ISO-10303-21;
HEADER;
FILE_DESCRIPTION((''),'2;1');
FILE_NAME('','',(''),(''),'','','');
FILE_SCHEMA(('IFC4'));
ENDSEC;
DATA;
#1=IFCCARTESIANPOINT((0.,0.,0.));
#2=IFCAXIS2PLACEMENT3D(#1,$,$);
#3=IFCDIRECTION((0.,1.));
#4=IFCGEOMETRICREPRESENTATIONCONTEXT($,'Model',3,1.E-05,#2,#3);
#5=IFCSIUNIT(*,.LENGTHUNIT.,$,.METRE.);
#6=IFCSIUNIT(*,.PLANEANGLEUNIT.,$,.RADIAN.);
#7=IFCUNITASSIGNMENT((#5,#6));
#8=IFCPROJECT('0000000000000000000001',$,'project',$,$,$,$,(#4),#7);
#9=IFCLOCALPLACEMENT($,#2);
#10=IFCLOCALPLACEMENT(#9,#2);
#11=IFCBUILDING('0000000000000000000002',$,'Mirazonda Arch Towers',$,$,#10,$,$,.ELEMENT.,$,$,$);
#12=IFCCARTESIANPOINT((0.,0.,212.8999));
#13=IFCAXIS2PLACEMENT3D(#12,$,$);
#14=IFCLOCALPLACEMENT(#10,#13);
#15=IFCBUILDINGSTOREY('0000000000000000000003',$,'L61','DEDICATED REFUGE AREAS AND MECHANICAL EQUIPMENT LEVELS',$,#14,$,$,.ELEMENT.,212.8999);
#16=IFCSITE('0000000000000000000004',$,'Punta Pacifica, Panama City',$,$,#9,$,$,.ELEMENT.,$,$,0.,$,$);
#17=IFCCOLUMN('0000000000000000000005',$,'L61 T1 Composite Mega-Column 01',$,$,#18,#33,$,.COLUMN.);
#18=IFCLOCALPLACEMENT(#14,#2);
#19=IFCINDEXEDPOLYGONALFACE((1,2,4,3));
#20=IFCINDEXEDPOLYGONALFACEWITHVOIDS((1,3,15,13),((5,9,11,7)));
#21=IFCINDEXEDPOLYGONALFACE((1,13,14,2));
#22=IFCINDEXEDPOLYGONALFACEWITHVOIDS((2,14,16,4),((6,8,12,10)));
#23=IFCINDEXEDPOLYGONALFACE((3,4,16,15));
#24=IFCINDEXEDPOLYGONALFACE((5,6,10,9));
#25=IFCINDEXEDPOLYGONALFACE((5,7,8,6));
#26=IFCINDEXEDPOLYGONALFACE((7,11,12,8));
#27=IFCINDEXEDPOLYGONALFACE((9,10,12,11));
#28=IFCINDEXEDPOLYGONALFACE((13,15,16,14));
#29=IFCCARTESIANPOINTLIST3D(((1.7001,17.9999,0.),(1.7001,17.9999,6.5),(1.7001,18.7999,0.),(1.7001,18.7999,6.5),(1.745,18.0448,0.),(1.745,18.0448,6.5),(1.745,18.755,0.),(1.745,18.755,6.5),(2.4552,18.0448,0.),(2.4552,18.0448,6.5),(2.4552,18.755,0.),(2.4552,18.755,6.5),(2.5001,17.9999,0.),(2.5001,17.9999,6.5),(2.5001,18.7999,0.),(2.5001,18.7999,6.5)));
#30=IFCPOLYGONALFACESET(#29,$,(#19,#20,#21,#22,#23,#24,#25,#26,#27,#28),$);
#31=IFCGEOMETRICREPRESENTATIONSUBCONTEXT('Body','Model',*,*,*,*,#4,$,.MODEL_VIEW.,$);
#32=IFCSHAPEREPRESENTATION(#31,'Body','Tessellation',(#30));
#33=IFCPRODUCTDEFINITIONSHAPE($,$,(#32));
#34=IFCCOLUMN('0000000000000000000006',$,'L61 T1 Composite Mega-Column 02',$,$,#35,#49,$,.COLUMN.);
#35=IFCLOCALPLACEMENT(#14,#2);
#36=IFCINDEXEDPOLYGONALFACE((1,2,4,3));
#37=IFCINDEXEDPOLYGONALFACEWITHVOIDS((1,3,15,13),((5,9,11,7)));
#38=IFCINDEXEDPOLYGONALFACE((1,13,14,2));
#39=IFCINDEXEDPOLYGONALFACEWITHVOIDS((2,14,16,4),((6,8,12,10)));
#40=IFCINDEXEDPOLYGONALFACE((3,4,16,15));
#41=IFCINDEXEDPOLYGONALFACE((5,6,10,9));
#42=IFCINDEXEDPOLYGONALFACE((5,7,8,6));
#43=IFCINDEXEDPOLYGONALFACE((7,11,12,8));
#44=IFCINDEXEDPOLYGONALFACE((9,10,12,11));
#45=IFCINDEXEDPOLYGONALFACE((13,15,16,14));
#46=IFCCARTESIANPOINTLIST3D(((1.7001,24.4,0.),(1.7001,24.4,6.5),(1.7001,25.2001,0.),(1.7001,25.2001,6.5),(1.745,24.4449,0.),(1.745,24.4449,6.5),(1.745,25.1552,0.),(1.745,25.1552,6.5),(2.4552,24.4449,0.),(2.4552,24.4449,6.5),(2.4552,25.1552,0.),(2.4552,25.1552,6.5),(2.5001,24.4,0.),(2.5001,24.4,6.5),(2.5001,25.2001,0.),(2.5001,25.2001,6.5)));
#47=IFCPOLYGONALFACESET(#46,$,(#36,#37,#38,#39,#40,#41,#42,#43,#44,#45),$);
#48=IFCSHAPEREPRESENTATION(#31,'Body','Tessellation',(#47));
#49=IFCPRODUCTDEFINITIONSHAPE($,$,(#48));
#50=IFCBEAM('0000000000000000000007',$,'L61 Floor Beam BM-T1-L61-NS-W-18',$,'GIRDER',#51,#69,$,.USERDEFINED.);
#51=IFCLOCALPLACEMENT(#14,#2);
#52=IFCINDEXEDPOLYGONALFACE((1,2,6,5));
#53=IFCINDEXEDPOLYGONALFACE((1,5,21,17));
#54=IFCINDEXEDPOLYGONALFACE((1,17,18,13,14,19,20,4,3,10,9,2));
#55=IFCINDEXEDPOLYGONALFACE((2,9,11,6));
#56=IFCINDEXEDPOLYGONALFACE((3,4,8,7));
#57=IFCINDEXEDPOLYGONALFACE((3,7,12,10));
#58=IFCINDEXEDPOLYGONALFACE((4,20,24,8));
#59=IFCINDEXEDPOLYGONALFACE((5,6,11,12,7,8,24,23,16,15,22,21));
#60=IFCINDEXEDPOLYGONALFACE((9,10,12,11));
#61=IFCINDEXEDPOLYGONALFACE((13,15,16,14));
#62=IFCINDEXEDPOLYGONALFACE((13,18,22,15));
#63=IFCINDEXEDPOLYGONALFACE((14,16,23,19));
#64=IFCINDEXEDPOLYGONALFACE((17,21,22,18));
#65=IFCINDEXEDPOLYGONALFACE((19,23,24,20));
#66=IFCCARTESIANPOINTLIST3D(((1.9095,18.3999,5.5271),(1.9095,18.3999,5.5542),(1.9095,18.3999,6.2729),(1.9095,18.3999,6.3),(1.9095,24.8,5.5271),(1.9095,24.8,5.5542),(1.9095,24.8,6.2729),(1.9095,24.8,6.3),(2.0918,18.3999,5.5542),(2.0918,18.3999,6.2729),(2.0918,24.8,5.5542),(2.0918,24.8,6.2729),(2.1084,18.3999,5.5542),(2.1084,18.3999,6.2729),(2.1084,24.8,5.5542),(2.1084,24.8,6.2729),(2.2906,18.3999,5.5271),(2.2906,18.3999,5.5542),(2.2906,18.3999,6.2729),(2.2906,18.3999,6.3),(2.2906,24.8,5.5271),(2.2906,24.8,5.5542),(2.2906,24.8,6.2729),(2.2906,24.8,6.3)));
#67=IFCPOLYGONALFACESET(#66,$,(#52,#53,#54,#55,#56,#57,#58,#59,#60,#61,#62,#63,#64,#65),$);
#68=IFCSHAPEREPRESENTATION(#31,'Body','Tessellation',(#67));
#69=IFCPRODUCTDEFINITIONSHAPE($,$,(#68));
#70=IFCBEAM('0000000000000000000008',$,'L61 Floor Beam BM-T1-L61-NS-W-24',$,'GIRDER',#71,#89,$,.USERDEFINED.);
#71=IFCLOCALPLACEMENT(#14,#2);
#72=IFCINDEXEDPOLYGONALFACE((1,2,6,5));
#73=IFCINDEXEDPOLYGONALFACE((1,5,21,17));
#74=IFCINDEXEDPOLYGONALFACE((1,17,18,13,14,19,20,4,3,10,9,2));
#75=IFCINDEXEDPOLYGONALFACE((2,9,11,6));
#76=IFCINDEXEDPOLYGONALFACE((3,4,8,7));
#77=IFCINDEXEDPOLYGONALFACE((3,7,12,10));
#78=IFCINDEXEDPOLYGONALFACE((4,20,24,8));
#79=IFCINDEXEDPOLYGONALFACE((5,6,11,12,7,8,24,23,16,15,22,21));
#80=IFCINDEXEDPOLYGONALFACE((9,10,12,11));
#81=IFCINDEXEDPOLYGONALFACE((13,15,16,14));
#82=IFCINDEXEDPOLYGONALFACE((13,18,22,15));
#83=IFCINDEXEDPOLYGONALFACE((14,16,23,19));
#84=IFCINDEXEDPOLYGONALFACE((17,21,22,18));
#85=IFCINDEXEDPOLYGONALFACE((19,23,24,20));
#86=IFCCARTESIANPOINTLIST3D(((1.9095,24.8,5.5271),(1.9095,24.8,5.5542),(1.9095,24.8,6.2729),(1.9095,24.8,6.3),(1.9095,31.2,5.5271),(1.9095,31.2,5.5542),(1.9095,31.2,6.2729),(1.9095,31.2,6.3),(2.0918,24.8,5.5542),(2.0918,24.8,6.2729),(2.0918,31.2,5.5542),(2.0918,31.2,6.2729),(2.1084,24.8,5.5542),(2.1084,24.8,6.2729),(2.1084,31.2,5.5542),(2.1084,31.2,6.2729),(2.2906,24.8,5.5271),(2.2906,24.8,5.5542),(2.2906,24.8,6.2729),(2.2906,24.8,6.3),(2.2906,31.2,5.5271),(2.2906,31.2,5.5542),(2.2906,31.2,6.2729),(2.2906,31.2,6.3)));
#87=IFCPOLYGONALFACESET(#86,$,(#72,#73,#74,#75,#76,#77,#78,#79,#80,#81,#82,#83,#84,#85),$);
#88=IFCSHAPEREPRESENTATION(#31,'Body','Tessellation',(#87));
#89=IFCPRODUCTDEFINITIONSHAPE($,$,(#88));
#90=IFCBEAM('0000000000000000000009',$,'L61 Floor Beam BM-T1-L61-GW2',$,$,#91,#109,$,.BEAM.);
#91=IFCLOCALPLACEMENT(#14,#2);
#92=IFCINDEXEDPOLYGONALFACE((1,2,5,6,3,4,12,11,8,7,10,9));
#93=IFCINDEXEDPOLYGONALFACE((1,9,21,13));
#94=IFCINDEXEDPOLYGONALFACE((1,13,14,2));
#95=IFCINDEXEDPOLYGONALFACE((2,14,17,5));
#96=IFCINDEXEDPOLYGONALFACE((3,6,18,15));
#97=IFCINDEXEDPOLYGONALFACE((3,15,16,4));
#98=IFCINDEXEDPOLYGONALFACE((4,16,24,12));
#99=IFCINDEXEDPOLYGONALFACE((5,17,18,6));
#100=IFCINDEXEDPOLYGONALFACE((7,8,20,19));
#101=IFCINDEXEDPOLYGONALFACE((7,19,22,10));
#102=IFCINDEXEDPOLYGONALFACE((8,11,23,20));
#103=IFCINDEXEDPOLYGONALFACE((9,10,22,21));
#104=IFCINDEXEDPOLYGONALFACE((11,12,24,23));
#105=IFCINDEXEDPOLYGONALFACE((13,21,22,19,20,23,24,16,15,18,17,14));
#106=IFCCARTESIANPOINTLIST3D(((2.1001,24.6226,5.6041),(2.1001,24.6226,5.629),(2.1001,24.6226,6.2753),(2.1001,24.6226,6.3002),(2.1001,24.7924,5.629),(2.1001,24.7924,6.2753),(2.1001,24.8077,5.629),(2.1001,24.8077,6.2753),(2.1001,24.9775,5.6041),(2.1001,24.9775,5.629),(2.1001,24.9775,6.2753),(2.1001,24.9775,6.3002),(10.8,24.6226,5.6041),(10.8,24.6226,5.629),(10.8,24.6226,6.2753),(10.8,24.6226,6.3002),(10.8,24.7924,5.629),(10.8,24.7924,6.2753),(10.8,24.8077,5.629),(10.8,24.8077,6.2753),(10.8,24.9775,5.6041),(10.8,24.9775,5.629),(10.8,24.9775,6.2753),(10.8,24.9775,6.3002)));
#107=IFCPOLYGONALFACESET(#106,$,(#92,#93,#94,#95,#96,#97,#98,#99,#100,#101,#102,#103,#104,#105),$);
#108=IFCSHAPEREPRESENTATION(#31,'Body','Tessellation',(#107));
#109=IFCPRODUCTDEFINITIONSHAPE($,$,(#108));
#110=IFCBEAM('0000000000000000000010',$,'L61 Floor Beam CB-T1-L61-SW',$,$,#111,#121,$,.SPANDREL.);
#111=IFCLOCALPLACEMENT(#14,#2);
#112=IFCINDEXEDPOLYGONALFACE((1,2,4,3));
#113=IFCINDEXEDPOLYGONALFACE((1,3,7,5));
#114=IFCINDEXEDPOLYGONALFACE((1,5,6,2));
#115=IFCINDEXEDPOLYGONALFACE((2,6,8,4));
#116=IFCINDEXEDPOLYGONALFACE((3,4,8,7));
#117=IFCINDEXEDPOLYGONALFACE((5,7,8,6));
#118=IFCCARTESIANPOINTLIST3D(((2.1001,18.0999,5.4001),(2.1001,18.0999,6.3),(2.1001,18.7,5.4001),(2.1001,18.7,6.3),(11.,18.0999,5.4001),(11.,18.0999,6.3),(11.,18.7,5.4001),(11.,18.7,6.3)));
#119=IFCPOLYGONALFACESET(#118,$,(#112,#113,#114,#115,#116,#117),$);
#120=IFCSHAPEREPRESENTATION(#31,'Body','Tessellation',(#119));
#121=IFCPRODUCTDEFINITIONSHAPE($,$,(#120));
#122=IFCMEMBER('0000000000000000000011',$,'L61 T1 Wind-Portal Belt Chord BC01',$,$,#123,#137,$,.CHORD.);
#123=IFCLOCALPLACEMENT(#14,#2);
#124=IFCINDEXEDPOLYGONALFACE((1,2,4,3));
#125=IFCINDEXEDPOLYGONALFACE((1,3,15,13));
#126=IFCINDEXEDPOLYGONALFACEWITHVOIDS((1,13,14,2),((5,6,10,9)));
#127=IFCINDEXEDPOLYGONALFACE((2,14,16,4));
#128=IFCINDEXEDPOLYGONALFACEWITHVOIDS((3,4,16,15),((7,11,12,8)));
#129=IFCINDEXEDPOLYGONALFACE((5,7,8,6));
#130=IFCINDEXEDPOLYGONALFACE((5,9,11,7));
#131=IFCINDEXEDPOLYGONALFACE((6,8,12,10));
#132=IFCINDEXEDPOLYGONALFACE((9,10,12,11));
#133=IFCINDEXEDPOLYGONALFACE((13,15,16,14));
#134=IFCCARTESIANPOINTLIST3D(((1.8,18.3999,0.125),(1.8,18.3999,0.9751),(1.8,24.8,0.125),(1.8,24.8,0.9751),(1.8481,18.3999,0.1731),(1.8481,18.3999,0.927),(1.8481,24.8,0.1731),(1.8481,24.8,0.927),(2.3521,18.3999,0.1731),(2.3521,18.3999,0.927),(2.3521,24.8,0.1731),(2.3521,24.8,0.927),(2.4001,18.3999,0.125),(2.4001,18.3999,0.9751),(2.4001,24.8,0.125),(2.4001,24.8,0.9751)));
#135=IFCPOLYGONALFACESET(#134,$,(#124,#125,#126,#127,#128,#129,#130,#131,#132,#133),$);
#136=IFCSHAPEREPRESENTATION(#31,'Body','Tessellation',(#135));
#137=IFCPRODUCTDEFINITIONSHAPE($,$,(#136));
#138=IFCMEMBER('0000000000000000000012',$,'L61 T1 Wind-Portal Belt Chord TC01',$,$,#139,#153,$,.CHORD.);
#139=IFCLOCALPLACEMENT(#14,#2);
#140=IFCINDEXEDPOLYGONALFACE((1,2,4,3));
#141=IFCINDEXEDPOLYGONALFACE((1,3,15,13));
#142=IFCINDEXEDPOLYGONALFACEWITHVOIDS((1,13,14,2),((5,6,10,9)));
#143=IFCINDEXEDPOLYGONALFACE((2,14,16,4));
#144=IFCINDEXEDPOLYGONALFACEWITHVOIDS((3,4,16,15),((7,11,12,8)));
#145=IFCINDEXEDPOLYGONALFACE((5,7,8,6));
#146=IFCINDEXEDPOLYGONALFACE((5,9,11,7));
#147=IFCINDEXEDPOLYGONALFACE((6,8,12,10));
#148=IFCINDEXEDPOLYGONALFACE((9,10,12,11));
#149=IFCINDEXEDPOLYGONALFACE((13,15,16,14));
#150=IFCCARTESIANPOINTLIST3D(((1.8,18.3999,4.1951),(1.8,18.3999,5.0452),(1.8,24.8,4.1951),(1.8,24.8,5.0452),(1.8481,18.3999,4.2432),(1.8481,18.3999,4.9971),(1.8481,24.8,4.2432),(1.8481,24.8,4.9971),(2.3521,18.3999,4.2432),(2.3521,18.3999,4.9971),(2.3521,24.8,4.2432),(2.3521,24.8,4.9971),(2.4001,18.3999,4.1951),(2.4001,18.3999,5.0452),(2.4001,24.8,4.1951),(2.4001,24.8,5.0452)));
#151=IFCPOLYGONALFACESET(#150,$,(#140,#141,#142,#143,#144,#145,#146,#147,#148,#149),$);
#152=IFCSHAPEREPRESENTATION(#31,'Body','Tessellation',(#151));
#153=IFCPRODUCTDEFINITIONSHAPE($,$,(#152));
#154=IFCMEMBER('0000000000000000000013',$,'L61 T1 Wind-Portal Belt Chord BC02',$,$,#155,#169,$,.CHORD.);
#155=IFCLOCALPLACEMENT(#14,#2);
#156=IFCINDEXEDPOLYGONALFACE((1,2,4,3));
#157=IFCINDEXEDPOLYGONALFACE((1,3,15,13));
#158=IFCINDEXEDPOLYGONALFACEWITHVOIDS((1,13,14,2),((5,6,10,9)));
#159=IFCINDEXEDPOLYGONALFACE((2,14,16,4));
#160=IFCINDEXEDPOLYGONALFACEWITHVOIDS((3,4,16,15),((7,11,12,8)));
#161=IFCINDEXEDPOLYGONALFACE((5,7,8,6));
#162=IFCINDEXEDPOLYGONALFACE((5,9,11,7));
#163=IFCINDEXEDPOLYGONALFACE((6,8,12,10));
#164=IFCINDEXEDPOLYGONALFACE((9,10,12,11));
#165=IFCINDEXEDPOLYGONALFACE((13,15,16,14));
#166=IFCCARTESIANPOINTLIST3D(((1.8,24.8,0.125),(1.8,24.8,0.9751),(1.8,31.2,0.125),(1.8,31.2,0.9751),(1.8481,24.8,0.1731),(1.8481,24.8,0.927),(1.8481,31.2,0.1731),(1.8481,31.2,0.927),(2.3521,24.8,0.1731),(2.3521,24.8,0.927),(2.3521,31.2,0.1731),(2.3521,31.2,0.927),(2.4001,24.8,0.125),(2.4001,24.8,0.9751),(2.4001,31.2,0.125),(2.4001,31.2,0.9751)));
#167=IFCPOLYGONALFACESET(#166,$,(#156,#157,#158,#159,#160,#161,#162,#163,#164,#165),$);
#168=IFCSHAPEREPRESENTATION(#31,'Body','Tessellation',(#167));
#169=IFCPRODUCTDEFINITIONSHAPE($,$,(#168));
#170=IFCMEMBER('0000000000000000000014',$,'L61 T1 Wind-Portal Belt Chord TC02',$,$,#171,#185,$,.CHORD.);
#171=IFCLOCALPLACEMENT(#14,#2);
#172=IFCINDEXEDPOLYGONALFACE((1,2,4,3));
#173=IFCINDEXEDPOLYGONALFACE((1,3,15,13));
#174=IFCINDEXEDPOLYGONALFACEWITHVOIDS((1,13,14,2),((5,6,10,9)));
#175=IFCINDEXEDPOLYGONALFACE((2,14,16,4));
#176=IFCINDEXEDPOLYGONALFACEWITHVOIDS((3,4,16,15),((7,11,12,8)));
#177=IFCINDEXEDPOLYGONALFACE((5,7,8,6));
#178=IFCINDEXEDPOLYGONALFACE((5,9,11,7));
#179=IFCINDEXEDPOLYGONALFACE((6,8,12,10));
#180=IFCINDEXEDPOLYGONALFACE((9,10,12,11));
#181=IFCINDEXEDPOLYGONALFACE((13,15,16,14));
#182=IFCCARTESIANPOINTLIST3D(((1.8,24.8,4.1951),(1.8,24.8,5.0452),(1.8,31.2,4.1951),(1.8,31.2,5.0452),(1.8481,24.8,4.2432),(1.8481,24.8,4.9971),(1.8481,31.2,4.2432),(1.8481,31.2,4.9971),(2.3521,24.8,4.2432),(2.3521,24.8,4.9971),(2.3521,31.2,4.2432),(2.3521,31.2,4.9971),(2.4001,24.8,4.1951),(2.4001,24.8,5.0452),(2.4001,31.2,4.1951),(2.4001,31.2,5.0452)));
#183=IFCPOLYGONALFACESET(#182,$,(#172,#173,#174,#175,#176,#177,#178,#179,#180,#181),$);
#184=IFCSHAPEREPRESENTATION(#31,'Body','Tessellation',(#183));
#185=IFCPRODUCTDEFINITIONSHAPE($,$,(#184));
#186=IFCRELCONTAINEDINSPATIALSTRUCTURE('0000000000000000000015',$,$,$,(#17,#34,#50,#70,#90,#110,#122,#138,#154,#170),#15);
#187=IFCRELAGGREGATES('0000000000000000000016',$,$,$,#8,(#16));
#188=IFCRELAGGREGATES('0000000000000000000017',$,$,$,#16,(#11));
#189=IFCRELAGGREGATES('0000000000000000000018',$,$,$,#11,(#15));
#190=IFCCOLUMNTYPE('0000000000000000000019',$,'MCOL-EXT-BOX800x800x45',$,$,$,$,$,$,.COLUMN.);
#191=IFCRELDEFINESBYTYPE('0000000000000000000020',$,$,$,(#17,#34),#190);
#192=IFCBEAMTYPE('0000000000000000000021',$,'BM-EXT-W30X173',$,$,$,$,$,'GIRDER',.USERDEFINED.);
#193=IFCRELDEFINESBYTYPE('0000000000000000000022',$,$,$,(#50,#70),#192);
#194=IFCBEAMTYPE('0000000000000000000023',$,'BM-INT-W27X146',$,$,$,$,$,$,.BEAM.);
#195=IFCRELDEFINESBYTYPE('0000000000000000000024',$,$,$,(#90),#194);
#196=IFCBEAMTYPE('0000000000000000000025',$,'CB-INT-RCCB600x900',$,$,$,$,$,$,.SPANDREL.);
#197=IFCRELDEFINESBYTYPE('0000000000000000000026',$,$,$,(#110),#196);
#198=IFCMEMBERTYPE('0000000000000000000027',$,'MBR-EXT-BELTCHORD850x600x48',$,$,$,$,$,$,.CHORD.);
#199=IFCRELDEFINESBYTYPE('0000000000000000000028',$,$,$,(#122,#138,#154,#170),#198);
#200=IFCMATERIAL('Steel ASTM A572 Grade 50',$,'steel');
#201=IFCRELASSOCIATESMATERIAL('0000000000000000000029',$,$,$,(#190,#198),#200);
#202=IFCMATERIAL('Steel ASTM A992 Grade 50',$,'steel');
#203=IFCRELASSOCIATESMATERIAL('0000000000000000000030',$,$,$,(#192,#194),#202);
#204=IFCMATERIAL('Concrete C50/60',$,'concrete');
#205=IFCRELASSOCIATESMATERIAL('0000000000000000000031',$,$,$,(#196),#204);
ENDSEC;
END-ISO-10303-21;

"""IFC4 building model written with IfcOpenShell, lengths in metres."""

from ifc_helpers import new_model, si_unit, direction, frame, origin, origin_2d, place, context, subcontext, project, spatial, rectangle, hollow_rectangle, i_section, extrude, material, material_profile, profile_set, type_object, element, save


model = new_model("IFC4")

# Units and contexts
model_context = context("Model", 3, precision=1e-05, world=origin(), true_north=direction((0.0, 1.0)))
body_context = subcontext(model_context, "Body", "Model", "MODEL_VIEW")
ifc_project = project(units=[si_unit("LENGTHUNIT", "METRE"), si_unit("PLANEANGLEUNIT", "RADIAN")], contexts=[model_context])

# Site, building, storey
site_placement = place(None, origin())
site = spatial("IfcSite", under=ifc_project, at=site_placement, Name="Punta Pacifica, Panama City", CompositionType="ELEMENT", RefElevation=0.0)
building_placement = place(site_placement, origin())
building = spatial("IfcBuilding", under=site, at=building_placement, Name="Mirazonda Arch Towers", CompositionType="ELEMENT")
storey_placement = place(building_placement, frame((0.0, 0.0, 212.8999)))
storey = spatial("IfcBuildingStorey", under=building, at=storey_placement, Name="L61", Description="DEDICATED REFUGE AREAS AND MECHANICAL EQUIPMENT LEVELS", CompositionType="ELEMENT", Elevation=212.8999)

# Columns
ifc_material_1 = material(Name="Steel ASTM A572 Grade 50", Category="steel")
ifc_material_profile_1 = material_profile(ifc_material_1, hollow_rectangle(XDim=0.8, YDim=0.8, WallThickness=0.0449, at=origin_2d()), Name="BOX800x800x45")
ifc_profile_set_1 = profile_set([ifc_material_profile_1], Name="Steel ASTM A572 Grade 50")
column_type = type_object("IfcColumnType", Name="MCOL-EXT-BOX800x800x45", PredefinedType="COLUMN", material=ifc_profile_set_1)
for number, where, z_axis, x_axis, name in (
    (1, (2.1001, 18.3999, 0.0), (0.0, 0.0, 1.0), (1.0, 0.0, 0.0), "L61 T1 Composite Mega-Column 01"),
    (2, (2.1001, 24.8, 0.0), (0.0, 0.0, 1.0), (1.0, 0.0, 0.0), "L61 T1 Composite Mega-Column 02"),
):
    element("IfcColumn", number, at=place(storey_placement, frame(where, z_axis=z_axis, x_axis=x_axis)), inside=storey, type_object=column_type, Name=name, PredefinedType="COLUMN", context=body_context, shape_type="SweptSolid", body=[
        extrude(hollow_rectangle(XDim=0.8, YDim=0.8, WallThickness=0.0449, at=origin_2d()), origin(), (0.0, 0.0, 1.0), 6.5),
    ])

# Beams
ifc_material_2 = material(Name="Steel ASTM A992 Grade 50", Category="steel")
ifc_material_profile_2 = material_profile(ifc_material_2, i_section(OverallWidth=0.3811, OverallDepth=0.7729, WebThickness=0.0166, FlangeThickness=0.0271, at=origin_2d()), Name="W30X173")
ifc_profile_set_2 = profile_set([ifc_material_profile_2], Name="Steel ASTM A992 Grade 50")
beam_type_1 = type_object("IfcBeamType", Name="BM-EXT-W30X173", ElementType="GIRDER", PredefinedType="USERDEFINED", material=ifc_profile_set_2)
beam_1_placement = place(storey_placement, frame((2.1001, 18.3999, 5.9136), z_axis=(0.0, 1.0, 0.0), x_axis=(-1.0, 0.0, 0.0)))
element("IfcBeam", 3, at=beam_1_placement, inside=storey, type_object=beam_type_1, Name="L61 Floor Beam BM-T1-L61-NS-W-18", ObjectType="GIRDER", PredefinedType="USERDEFINED", context=body_context, shape_type="SweptSolid", body=[
    extrude(i_section(OverallWidth=0.3811, OverallDepth=0.7729, WebThickness=0.0166, FlangeThickness=0.0271, at=origin_2d()), origin(), (0.0, 0.0, 1.0), 6.4001),
])
beam_2_placement = place(storey_placement, frame((2.1001, 24.8, 5.9136), z_axis=(0.0, 1.0, 0.0), x_axis=(-1.0, 0.0, 0.0)))
element("IfcBeam", 4, at=beam_2_placement, inside=storey, type_object=beam_type_1, Name="L61 Floor Beam BM-T1-L61-NS-W-24", ObjectType="GIRDER", PredefinedType="USERDEFINED", context=body_context, shape_type="SweptSolid", body=[
    extrude(i_section(OverallWidth=0.3811, OverallDepth=0.7729, WebThickness=0.0166, FlangeThickness=0.0271, at=origin_2d()), origin(), (0.0, 0.0, 1.0), 6.3999),
])
ifc_material_profile_3 = material_profile(ifc_material_2, i_section(OverallWidth=0.355, OverallDepth=0.696, WebThickness=0.0154, FlangeThickness=0.0249, at=origin_2d()), Name="W27X146")
ifc_profile_set_3 = profile_set([ifc_material_profile_3], Name="Steel ASTM A992 Grade 50")
beam_type_2 = type_object("IfcBeamType", Name="BM-INT-W27X146", PredefinedType="BEAM", material=ifc_profile_set_3)
beam_3_placement = place(storey_placement, frame((2.1001, 24.8, 5.9521), z_axis=(1.0, 0.0, 0.0), x_axis=(0.0, 1.0, 0.0)))
element("IfcBeam", 5, at=beam_3_placement, inside=storey, type_object=beam_type_2, Name="L61 Floor Beam BM-T1-L61-GW2", PredefinedType="BEAM", context=body_context, shape_type="SweptSolid", body=[
    extrude(i_section(OverallWidth=0.355, OverallDepth=0.696, WebThickness=0.0154, FlangeThickness=0.0249, at=origin_2d()), origin(), (0.0, 0.0, 1.0), 8.7),
])
ifc_material_3 = material(Name="Concrete C50/60", Category="concrete")
ifc_material_profile_4 = material_profile(ifc_material_3, rectangle(XDim=0.6001, YDim=0.8999, at=origin_2d()), Name="RCCB600x900")
ifc_profile_set_4 = profile_set([ifc_material_profile_4], Name="Concrete C50/60")
beam_type_3 = type_object("IfcBeamType", Name="CB-INT-RCCB600x900", PredefinedType="SPANDREL", material=ifc_profile_set_4)
beam_4_placement = place(storey_placement, frame((2.1001, 18.3999, 5.8501), z_axis=(1.0, 0.0, 0.0), x_axis=(0.0, 1.0, 0.0)))
element("IfcBeam", 6, at=beam_4_placement, inside=storey, type_object=beam_type_3, Name="L61 Floor Beam CB-T1-L61-SW", PredefinedType="SPANDREL", context=body_context, shape_type="SweptSolid", body=[
    extrude(rectangle(XDim=0.6001, YDim=0.8999, at=origin_2d()), origin(), (0.0, 0.0, 1.0), 8.8999),
])

# Members
ifc_material_profile_5 = material_profile(ifc_material_1, hollow_rectangle(XDim=0.6001, YDim=0.8501, WallThickness=0.0481, at=origin_2d()), Name="BELTCHORD850x600x48")
ifc_profile_set_5 = profile_set([ifc_material_profile_5], Name="Steel ASTM A572 Grade 50")
member_type_1 = type_object("IfcMemberType", Name="MBR-EXT-BELTCHORD850x600x48", PredefinedType="CHORD", material=ifc_profile_set_5)
for number, where, z_axis, x_axis, name in (
    (7, (2.1001, 18.3999, 0.55), (0.0, 1.0, 0.0), (-1.0, 0.0, 0.0), "L61 T1 Wind-Portal Belt Chord BC01"),
    (8, (2.1001, 18.3999, 4.6201), (0.0, 1.0, 0.0), (-1.0, 0.0, 0.0), "L61 T1 Wind-Portal Belt Chord TC01"),
):
    element("IfcMember", number, at=place(storey_placement, frame(where, z_axis=z_axis, x_axis=x_axis)), inside=storey, type_object=member_type_1, Name=name, PredefinedType="CHORD", context=body_context, shape_type="SweptSolid", body=[
        extrude(hollow_rectangle(XDim=0.6001, YDim=0.8501, WallThickness=0.0481, at=origin_2d()), origin(), (0.0, 0.0, 1.0), 6.4001),
    ])
for number, where, z_axis, x_axis, name in (
    (9, (2.1001, 24.8, 0.55), (0.0, 1.0, 0.0), (-1.0, 0.0, 0.0), "L61 T1 Wind-Portal Belt Chord BC02"),
    (10, (2.1001, 24.8, 4.6201), (0.0, 1.0, 0.0), (-1.0, 0.0, 0.0), "L61 T1 Wind-Portal Belt Chord TC02"),
):
    element("IfcMember", number, at=place(storey_placement, frame(where, z_axis=z_axis, x_axis=x_axis)), inside=storey, type_object=member_type_1, Name=name, PredefinedType="CHORD", context=body_context, shape_type="SweptSolid", body=[
        extrude(hollow_rectangle(XDim=0.6001, YDim=0.8501, WallThickness=0.0481, at=origin_2d()), origin(), (0.0, 0.0, 1.0), 6.3999),
    ])

save(model, "model.ifc")
